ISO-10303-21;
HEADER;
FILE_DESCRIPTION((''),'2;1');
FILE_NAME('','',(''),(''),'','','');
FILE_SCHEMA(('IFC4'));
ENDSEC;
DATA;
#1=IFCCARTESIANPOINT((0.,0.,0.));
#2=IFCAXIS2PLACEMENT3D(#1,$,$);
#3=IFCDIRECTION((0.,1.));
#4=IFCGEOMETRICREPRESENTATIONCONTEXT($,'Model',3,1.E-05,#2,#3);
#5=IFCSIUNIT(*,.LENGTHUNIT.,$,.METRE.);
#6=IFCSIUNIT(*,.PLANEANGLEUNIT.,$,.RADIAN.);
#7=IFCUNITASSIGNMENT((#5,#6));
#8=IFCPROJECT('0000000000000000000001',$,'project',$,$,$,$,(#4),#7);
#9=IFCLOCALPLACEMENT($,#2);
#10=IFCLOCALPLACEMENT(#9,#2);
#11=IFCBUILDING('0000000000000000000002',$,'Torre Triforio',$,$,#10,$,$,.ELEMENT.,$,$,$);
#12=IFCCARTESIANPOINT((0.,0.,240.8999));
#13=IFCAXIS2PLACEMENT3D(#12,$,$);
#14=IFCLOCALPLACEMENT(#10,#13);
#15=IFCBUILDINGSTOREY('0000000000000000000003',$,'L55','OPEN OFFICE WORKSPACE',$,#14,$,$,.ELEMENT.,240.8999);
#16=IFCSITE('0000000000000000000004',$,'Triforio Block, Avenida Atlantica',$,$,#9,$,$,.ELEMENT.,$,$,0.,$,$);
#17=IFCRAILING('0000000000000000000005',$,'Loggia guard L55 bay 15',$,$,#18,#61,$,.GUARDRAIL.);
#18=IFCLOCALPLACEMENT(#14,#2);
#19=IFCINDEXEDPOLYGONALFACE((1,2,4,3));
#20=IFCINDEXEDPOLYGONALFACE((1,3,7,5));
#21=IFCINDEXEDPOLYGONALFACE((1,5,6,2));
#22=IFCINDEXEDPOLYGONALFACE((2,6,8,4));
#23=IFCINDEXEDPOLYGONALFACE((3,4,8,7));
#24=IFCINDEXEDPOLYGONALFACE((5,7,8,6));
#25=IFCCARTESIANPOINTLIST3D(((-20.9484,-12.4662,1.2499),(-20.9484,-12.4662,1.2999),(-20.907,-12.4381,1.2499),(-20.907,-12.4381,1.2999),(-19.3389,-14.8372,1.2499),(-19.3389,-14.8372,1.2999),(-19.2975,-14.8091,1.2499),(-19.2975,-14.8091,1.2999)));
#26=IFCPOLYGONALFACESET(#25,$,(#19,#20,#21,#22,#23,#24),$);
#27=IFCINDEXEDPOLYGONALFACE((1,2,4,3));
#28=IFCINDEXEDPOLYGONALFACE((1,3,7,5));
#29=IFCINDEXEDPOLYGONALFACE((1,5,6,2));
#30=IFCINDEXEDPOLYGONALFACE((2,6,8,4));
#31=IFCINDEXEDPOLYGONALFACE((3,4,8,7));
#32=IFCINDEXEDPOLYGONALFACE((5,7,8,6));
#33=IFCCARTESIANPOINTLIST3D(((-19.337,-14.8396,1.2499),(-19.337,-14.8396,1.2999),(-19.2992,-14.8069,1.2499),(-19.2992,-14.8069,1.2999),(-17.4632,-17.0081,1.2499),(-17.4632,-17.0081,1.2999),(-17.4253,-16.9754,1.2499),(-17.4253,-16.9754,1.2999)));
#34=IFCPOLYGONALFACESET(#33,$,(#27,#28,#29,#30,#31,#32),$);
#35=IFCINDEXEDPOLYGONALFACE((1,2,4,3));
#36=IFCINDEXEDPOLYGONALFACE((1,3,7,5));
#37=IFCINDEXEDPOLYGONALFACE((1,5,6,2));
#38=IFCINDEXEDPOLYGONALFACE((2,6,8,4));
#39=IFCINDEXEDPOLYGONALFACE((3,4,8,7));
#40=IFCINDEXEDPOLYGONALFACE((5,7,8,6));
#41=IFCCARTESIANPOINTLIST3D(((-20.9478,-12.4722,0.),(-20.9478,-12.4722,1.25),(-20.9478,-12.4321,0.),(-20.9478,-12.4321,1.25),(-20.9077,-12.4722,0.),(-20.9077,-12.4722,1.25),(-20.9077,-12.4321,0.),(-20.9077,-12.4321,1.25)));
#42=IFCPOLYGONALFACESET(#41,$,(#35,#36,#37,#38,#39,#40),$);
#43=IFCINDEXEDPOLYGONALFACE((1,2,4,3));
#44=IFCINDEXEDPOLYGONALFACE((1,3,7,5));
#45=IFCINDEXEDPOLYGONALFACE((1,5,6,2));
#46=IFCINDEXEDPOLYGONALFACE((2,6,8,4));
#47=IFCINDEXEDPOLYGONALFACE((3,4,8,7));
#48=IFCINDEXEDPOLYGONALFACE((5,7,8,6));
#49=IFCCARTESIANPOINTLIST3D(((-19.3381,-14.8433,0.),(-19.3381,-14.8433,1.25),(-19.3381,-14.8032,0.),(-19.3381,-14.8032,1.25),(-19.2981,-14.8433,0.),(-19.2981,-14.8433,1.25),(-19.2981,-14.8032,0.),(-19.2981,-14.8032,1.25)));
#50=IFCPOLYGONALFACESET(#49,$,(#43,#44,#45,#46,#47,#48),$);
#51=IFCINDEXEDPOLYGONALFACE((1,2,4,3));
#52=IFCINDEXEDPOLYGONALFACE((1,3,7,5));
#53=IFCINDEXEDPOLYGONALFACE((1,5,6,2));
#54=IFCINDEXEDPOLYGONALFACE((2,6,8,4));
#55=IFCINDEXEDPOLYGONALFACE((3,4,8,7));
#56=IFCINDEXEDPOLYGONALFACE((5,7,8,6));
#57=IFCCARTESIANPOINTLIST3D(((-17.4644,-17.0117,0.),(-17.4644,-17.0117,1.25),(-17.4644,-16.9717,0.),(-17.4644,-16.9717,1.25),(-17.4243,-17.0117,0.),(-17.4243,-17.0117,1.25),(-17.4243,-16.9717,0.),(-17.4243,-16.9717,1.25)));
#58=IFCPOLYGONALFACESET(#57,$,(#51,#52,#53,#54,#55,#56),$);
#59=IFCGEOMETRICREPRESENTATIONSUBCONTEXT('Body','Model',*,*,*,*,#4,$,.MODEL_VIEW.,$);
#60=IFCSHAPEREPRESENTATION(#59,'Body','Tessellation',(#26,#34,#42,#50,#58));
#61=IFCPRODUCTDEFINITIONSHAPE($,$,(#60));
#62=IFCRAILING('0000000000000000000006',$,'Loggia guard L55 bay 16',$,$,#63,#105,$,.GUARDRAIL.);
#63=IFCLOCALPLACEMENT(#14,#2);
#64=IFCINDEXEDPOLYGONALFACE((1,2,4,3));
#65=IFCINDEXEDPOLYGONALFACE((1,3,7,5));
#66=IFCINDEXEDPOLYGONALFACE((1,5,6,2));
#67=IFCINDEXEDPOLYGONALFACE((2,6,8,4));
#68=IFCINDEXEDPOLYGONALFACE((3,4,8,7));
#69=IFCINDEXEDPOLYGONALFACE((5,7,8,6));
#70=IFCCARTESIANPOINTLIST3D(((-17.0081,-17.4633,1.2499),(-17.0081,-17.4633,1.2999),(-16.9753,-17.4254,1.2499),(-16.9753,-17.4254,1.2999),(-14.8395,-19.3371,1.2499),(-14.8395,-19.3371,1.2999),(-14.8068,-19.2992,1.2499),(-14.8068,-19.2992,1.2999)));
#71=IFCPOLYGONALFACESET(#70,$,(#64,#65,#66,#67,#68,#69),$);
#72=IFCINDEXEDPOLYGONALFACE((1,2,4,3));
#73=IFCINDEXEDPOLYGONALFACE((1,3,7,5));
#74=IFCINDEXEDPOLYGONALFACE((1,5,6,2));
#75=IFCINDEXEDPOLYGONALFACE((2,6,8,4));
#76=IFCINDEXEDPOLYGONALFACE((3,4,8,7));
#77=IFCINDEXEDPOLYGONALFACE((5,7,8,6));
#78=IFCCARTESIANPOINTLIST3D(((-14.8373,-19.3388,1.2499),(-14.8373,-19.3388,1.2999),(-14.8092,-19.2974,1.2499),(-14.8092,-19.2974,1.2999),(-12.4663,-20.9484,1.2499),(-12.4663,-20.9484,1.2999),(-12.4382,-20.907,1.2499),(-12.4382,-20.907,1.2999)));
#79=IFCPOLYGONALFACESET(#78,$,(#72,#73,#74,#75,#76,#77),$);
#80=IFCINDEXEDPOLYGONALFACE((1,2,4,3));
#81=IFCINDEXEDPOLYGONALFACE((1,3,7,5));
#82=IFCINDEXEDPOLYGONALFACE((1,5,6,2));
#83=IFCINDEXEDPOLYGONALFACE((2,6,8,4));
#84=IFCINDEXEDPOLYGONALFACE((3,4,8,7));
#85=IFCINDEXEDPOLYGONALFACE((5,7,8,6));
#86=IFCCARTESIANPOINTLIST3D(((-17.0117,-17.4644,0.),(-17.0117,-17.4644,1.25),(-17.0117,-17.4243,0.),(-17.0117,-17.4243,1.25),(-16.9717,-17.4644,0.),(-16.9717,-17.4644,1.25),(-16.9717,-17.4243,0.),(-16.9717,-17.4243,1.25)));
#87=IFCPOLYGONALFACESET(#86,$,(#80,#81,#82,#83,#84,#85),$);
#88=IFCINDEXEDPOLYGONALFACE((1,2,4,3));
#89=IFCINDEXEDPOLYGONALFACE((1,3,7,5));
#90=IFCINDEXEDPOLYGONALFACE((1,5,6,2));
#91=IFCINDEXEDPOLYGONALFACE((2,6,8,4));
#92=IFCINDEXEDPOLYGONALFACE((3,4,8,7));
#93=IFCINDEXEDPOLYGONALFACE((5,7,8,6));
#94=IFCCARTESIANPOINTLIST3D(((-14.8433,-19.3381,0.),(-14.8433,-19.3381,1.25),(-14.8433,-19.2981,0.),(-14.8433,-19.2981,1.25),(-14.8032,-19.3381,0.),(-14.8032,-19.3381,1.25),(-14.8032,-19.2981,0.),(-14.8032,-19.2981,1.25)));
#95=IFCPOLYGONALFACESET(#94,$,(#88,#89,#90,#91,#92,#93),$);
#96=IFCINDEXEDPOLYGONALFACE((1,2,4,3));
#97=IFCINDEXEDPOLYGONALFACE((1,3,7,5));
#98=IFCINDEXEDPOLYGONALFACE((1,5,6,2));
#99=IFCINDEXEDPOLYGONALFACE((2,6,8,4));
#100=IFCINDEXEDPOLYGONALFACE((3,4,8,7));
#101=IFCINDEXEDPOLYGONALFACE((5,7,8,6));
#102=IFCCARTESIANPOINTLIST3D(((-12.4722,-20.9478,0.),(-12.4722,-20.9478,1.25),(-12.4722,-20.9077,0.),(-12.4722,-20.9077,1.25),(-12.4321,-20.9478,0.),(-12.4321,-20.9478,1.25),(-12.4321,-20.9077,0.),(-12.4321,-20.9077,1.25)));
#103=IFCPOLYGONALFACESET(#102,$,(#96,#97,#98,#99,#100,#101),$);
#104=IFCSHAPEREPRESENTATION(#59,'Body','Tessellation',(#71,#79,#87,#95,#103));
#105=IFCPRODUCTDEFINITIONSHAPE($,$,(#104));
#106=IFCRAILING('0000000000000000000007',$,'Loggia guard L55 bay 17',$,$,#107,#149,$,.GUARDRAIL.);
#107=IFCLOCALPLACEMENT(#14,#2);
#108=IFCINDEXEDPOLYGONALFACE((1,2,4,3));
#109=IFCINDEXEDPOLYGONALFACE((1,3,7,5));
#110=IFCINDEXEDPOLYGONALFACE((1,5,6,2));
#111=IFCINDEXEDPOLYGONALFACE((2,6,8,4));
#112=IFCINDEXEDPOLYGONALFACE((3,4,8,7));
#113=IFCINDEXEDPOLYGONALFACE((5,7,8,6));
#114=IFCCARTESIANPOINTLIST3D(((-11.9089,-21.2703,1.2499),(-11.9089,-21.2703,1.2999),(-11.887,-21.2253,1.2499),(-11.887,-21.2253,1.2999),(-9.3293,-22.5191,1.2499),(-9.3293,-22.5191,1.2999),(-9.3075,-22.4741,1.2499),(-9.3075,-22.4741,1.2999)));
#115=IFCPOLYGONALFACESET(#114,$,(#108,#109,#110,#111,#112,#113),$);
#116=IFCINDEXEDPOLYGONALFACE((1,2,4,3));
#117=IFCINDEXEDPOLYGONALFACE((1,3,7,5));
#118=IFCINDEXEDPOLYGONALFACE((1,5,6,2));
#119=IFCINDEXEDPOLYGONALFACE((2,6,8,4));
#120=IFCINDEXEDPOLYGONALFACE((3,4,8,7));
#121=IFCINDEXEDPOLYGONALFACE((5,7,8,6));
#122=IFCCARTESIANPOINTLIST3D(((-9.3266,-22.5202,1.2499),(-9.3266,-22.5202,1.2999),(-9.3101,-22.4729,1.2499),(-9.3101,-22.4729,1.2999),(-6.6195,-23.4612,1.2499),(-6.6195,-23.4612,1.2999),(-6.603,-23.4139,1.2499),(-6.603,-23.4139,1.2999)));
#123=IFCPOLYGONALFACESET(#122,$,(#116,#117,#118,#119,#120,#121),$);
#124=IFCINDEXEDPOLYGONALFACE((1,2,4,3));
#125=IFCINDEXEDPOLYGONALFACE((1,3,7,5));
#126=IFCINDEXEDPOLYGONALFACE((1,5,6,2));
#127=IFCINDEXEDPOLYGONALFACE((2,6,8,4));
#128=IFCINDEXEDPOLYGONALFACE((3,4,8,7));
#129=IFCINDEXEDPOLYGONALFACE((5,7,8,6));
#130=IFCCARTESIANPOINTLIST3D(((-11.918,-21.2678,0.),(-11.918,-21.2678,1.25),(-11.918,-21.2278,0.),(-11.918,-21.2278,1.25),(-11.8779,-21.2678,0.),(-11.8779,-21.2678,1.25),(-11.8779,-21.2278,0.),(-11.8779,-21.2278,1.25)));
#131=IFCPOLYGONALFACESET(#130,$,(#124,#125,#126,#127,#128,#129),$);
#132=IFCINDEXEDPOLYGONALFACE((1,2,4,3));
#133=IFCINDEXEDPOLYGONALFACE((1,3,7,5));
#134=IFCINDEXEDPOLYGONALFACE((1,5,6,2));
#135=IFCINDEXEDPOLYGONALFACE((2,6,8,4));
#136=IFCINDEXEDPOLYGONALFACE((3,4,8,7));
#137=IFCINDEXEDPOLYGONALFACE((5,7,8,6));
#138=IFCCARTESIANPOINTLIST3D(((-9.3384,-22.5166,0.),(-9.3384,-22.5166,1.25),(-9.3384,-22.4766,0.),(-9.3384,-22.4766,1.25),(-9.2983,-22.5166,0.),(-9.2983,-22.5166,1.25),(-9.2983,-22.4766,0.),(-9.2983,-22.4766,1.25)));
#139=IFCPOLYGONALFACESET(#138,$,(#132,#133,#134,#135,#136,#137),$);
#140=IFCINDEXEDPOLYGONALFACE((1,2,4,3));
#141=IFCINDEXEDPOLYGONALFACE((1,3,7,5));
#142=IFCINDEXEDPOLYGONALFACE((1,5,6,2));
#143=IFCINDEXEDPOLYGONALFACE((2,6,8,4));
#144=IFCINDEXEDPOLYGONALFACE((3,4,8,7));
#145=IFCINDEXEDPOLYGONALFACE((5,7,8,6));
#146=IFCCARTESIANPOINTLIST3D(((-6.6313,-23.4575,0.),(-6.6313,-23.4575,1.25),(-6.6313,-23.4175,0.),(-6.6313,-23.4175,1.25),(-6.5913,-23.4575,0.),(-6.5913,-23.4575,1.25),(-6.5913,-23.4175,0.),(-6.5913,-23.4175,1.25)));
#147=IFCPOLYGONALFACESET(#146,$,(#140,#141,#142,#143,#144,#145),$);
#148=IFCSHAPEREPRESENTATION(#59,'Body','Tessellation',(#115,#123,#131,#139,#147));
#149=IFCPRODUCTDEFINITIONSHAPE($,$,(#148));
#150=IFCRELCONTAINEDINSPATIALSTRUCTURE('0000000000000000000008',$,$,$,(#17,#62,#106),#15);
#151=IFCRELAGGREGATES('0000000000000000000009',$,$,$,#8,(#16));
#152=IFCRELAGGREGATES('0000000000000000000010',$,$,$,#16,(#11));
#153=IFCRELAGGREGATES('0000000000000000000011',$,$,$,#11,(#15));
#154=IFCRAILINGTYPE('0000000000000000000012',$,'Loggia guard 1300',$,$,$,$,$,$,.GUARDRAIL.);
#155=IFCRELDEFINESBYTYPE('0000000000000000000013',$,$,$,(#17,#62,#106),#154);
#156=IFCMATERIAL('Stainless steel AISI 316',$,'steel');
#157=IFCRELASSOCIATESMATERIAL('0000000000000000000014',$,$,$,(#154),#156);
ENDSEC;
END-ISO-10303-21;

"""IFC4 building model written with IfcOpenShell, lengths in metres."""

from ifc_helpers import new_model, si_unit, direction, frame, origin, origin_2d, place, context, subcontext, project, spatial, rectangle, extrude, material, type_object, element, save


model = new_model("IFC4")

# Units and contexts
model_context = context("Model", 3, precision=1e-05, world=origin(), true_north=direction((0.0, 1.0)))
body_context = subcontext(model_context, "Body", "Model", "MODEL_VIEW")
ifc_project = project(units=[si_unit("LENGTHUNIT", "METRE"), si_unit("PLANEANGLEUNIT", "RADIAN")], contexts=[model_context])

# Site, building, storey
site_placement = place(None, origin())
site = spatial("IfcSite", under=ifc_project, at=site_placement, Name="Triforio Block, Avenida Atlantica", CompositionType="ELEMENT", RefElevation=0.0)
building_placement = place(site_placement, origin())
building = spatial("IfcBuilding", under=site, at=building_placement, Name="Torre Triforio", CompositionType="ELEMENT")
storey_placement = place(building_placement, frame((0.0, 0.0, 240.8999)))
storey = spatial("IfcBuildingStorey", under=building, at=storey_placement, Name="L55", Description="OPEN OFFICE WORKSPACE", CompositionType="ELEMENT", Elevation=240.8999)

# Railings
ifc_material_1 = material(Name="Stainless steel AISI 316", Category="steel")
railing_type = type_object("IfcRailingType", Name="Loggia guard 1300", PredefinedType="GUARDRAIL", material=ifc_material_1)
railing_1_placement = place(storey_placement, frame((-20.9277, -12.4521, 0.0)))
element("IfcRailing", 1, at=railing_1_placement, inside=storey, type_object=railing_type, Name="Loggia guard L55 bay 15", PredefinedType="GUARDRAIL", context=body_context, shape_type="SweptSolid", body=[
    extrude(rectangle(XDim=0.05, YDim=0.05, at=origin_2d()), frame((0.0, 0.0, 1.2749), z_axis=(0.56166, -0.827368, 0.0), x_axis=(0.827368, 0.56166, 0.0)), (0.0, 0.0, 1.0), 2.8657),
    extrude(rectangle(XDim=0.05, YDim=0.05, at=origin_2d()), frame((1.6096, -2.3711, 1.2749), z_axis=(0.653824, -0.756647, 0.0), x_axis=(0.756647, 0.653824, 0.0)), (0.0, 0.0, 1.0), 2.866),
    extrude(rectangle(XDim=0.04, YDim=0.04, at=origin_2d()), origin(), (0.0, 0.0, 1.0), 1.25),
    extrude(rectangle(XDim=0.04, YDim=0.04, at=origin_2d()), frame((1.6096, -2.3711, 0.0)), (0.0, 0.0, 1.0), 1.25),
    extrude(rectangle(XDim=0.04, YDim=0.04, at=origin_2d()), frame((3.4834, -4.5396, 0.0)), (0.0, 0.0, 1.0), 1.25),
])
railing_2_placement = place(storey_placement, frame((-16.9917, -17.4443, 0.0)))
element("IfcRailing", 2, at=railing_2_placement, inside=storey, type_object=railing_type, Name="Loggia guard L55 bay 16", PredefinedType="GUARDRAIL", context=body_context, shape_type="SweptSolid", body=[
    extrude(rectangle(XDim=0.05, YDim=0.05, at=origin_2d()), frame((0.0, 0.0, 1.2749), z_axis=(0.756647, -0.653824, 0.0), x_axis=(0.653824, 0.756647, 0.0)), (0.0, 0.0, 1.0), 2.866),
    extrude(rectangle(XDim=0.05, YDim=0.05, at=origin_2d()), frame((2.1685, -1.8738, 1.2749), z_axis=(0.827368, -0.56166, 0.0), x_axis=(0.56166, 0.827368, 0.0)), (0.0, 0.0, 1.0), 2.8657),
    extrude(rectangle(XDim=0.04, YDim=0.04, at=origin_2d()), origin(), (0.0, 0.0, 1.0), 1.25),
    extrude(rectangle(XDim=0.04, YDim=0.04, at=origin_2d()), frame((2.1685, -1.8738, 0.0)), (0.0, 0.0, 1.0), 1.25),
    extrude(rectangle(XDim=0.04, YDim=0.04, at=origin_2d()), frame((4.5396, -3.4834, 0.0)), (0.0, 0.0, 1.0), 1.25),
])
railing_3_placement = place(storey_placement, frame((-11.8979, -21.2478, 0.0)))
element("IfcRailing", 3, at=railing_3_placement, inside=storey, type_object=railing_type, Name="Loggia guard L55 bay 17", PredefinedType="GUARDRAIL", context=body_context, shape_type="SweptSolid", body=[
    extrude(rectangle(XDim=0.05, YDim=0.05, at=origin_2d()), frame((0.0, 0.0, 1.2749), z_axis=(0.900078, -0.435728, 0.0), x_axis=(0.435728, 0.900078, 0.0)), (0.0, 0.0, 1.0), 2.866),
    extrude(rectangle(XDim=0.05, YDim=0.05, at=origin_2d()), frame((2.5796, -1.2488, 1.2749), z_axis=(0.944568, -0.328316, 0.0), x_axis=(0.328316, 0.944568, 0.0)), (0.0, 0.0, 1.0), 2.866),
    extrude(rectangle(XDim=0.04, YDim=0.04, at=origin_2d()), origin(), (0.0, 0.0, 1.0), 1.25),
    extrude(rectangle(XDim=0.04, YDim=0.04, at=origin_2d()), frame((2.5796, -1.2488, 0.0)), (0.0, 0.0, 1.0), 1.25),
    extrude(rectangle(XDim=0.04, YDim=0.04, at=origin_2d()), frame((5.2866, -2.1897, 0.0)), (0.0, 0.0, 1.0), 1.25),
])

save(model, "model.ifc")
